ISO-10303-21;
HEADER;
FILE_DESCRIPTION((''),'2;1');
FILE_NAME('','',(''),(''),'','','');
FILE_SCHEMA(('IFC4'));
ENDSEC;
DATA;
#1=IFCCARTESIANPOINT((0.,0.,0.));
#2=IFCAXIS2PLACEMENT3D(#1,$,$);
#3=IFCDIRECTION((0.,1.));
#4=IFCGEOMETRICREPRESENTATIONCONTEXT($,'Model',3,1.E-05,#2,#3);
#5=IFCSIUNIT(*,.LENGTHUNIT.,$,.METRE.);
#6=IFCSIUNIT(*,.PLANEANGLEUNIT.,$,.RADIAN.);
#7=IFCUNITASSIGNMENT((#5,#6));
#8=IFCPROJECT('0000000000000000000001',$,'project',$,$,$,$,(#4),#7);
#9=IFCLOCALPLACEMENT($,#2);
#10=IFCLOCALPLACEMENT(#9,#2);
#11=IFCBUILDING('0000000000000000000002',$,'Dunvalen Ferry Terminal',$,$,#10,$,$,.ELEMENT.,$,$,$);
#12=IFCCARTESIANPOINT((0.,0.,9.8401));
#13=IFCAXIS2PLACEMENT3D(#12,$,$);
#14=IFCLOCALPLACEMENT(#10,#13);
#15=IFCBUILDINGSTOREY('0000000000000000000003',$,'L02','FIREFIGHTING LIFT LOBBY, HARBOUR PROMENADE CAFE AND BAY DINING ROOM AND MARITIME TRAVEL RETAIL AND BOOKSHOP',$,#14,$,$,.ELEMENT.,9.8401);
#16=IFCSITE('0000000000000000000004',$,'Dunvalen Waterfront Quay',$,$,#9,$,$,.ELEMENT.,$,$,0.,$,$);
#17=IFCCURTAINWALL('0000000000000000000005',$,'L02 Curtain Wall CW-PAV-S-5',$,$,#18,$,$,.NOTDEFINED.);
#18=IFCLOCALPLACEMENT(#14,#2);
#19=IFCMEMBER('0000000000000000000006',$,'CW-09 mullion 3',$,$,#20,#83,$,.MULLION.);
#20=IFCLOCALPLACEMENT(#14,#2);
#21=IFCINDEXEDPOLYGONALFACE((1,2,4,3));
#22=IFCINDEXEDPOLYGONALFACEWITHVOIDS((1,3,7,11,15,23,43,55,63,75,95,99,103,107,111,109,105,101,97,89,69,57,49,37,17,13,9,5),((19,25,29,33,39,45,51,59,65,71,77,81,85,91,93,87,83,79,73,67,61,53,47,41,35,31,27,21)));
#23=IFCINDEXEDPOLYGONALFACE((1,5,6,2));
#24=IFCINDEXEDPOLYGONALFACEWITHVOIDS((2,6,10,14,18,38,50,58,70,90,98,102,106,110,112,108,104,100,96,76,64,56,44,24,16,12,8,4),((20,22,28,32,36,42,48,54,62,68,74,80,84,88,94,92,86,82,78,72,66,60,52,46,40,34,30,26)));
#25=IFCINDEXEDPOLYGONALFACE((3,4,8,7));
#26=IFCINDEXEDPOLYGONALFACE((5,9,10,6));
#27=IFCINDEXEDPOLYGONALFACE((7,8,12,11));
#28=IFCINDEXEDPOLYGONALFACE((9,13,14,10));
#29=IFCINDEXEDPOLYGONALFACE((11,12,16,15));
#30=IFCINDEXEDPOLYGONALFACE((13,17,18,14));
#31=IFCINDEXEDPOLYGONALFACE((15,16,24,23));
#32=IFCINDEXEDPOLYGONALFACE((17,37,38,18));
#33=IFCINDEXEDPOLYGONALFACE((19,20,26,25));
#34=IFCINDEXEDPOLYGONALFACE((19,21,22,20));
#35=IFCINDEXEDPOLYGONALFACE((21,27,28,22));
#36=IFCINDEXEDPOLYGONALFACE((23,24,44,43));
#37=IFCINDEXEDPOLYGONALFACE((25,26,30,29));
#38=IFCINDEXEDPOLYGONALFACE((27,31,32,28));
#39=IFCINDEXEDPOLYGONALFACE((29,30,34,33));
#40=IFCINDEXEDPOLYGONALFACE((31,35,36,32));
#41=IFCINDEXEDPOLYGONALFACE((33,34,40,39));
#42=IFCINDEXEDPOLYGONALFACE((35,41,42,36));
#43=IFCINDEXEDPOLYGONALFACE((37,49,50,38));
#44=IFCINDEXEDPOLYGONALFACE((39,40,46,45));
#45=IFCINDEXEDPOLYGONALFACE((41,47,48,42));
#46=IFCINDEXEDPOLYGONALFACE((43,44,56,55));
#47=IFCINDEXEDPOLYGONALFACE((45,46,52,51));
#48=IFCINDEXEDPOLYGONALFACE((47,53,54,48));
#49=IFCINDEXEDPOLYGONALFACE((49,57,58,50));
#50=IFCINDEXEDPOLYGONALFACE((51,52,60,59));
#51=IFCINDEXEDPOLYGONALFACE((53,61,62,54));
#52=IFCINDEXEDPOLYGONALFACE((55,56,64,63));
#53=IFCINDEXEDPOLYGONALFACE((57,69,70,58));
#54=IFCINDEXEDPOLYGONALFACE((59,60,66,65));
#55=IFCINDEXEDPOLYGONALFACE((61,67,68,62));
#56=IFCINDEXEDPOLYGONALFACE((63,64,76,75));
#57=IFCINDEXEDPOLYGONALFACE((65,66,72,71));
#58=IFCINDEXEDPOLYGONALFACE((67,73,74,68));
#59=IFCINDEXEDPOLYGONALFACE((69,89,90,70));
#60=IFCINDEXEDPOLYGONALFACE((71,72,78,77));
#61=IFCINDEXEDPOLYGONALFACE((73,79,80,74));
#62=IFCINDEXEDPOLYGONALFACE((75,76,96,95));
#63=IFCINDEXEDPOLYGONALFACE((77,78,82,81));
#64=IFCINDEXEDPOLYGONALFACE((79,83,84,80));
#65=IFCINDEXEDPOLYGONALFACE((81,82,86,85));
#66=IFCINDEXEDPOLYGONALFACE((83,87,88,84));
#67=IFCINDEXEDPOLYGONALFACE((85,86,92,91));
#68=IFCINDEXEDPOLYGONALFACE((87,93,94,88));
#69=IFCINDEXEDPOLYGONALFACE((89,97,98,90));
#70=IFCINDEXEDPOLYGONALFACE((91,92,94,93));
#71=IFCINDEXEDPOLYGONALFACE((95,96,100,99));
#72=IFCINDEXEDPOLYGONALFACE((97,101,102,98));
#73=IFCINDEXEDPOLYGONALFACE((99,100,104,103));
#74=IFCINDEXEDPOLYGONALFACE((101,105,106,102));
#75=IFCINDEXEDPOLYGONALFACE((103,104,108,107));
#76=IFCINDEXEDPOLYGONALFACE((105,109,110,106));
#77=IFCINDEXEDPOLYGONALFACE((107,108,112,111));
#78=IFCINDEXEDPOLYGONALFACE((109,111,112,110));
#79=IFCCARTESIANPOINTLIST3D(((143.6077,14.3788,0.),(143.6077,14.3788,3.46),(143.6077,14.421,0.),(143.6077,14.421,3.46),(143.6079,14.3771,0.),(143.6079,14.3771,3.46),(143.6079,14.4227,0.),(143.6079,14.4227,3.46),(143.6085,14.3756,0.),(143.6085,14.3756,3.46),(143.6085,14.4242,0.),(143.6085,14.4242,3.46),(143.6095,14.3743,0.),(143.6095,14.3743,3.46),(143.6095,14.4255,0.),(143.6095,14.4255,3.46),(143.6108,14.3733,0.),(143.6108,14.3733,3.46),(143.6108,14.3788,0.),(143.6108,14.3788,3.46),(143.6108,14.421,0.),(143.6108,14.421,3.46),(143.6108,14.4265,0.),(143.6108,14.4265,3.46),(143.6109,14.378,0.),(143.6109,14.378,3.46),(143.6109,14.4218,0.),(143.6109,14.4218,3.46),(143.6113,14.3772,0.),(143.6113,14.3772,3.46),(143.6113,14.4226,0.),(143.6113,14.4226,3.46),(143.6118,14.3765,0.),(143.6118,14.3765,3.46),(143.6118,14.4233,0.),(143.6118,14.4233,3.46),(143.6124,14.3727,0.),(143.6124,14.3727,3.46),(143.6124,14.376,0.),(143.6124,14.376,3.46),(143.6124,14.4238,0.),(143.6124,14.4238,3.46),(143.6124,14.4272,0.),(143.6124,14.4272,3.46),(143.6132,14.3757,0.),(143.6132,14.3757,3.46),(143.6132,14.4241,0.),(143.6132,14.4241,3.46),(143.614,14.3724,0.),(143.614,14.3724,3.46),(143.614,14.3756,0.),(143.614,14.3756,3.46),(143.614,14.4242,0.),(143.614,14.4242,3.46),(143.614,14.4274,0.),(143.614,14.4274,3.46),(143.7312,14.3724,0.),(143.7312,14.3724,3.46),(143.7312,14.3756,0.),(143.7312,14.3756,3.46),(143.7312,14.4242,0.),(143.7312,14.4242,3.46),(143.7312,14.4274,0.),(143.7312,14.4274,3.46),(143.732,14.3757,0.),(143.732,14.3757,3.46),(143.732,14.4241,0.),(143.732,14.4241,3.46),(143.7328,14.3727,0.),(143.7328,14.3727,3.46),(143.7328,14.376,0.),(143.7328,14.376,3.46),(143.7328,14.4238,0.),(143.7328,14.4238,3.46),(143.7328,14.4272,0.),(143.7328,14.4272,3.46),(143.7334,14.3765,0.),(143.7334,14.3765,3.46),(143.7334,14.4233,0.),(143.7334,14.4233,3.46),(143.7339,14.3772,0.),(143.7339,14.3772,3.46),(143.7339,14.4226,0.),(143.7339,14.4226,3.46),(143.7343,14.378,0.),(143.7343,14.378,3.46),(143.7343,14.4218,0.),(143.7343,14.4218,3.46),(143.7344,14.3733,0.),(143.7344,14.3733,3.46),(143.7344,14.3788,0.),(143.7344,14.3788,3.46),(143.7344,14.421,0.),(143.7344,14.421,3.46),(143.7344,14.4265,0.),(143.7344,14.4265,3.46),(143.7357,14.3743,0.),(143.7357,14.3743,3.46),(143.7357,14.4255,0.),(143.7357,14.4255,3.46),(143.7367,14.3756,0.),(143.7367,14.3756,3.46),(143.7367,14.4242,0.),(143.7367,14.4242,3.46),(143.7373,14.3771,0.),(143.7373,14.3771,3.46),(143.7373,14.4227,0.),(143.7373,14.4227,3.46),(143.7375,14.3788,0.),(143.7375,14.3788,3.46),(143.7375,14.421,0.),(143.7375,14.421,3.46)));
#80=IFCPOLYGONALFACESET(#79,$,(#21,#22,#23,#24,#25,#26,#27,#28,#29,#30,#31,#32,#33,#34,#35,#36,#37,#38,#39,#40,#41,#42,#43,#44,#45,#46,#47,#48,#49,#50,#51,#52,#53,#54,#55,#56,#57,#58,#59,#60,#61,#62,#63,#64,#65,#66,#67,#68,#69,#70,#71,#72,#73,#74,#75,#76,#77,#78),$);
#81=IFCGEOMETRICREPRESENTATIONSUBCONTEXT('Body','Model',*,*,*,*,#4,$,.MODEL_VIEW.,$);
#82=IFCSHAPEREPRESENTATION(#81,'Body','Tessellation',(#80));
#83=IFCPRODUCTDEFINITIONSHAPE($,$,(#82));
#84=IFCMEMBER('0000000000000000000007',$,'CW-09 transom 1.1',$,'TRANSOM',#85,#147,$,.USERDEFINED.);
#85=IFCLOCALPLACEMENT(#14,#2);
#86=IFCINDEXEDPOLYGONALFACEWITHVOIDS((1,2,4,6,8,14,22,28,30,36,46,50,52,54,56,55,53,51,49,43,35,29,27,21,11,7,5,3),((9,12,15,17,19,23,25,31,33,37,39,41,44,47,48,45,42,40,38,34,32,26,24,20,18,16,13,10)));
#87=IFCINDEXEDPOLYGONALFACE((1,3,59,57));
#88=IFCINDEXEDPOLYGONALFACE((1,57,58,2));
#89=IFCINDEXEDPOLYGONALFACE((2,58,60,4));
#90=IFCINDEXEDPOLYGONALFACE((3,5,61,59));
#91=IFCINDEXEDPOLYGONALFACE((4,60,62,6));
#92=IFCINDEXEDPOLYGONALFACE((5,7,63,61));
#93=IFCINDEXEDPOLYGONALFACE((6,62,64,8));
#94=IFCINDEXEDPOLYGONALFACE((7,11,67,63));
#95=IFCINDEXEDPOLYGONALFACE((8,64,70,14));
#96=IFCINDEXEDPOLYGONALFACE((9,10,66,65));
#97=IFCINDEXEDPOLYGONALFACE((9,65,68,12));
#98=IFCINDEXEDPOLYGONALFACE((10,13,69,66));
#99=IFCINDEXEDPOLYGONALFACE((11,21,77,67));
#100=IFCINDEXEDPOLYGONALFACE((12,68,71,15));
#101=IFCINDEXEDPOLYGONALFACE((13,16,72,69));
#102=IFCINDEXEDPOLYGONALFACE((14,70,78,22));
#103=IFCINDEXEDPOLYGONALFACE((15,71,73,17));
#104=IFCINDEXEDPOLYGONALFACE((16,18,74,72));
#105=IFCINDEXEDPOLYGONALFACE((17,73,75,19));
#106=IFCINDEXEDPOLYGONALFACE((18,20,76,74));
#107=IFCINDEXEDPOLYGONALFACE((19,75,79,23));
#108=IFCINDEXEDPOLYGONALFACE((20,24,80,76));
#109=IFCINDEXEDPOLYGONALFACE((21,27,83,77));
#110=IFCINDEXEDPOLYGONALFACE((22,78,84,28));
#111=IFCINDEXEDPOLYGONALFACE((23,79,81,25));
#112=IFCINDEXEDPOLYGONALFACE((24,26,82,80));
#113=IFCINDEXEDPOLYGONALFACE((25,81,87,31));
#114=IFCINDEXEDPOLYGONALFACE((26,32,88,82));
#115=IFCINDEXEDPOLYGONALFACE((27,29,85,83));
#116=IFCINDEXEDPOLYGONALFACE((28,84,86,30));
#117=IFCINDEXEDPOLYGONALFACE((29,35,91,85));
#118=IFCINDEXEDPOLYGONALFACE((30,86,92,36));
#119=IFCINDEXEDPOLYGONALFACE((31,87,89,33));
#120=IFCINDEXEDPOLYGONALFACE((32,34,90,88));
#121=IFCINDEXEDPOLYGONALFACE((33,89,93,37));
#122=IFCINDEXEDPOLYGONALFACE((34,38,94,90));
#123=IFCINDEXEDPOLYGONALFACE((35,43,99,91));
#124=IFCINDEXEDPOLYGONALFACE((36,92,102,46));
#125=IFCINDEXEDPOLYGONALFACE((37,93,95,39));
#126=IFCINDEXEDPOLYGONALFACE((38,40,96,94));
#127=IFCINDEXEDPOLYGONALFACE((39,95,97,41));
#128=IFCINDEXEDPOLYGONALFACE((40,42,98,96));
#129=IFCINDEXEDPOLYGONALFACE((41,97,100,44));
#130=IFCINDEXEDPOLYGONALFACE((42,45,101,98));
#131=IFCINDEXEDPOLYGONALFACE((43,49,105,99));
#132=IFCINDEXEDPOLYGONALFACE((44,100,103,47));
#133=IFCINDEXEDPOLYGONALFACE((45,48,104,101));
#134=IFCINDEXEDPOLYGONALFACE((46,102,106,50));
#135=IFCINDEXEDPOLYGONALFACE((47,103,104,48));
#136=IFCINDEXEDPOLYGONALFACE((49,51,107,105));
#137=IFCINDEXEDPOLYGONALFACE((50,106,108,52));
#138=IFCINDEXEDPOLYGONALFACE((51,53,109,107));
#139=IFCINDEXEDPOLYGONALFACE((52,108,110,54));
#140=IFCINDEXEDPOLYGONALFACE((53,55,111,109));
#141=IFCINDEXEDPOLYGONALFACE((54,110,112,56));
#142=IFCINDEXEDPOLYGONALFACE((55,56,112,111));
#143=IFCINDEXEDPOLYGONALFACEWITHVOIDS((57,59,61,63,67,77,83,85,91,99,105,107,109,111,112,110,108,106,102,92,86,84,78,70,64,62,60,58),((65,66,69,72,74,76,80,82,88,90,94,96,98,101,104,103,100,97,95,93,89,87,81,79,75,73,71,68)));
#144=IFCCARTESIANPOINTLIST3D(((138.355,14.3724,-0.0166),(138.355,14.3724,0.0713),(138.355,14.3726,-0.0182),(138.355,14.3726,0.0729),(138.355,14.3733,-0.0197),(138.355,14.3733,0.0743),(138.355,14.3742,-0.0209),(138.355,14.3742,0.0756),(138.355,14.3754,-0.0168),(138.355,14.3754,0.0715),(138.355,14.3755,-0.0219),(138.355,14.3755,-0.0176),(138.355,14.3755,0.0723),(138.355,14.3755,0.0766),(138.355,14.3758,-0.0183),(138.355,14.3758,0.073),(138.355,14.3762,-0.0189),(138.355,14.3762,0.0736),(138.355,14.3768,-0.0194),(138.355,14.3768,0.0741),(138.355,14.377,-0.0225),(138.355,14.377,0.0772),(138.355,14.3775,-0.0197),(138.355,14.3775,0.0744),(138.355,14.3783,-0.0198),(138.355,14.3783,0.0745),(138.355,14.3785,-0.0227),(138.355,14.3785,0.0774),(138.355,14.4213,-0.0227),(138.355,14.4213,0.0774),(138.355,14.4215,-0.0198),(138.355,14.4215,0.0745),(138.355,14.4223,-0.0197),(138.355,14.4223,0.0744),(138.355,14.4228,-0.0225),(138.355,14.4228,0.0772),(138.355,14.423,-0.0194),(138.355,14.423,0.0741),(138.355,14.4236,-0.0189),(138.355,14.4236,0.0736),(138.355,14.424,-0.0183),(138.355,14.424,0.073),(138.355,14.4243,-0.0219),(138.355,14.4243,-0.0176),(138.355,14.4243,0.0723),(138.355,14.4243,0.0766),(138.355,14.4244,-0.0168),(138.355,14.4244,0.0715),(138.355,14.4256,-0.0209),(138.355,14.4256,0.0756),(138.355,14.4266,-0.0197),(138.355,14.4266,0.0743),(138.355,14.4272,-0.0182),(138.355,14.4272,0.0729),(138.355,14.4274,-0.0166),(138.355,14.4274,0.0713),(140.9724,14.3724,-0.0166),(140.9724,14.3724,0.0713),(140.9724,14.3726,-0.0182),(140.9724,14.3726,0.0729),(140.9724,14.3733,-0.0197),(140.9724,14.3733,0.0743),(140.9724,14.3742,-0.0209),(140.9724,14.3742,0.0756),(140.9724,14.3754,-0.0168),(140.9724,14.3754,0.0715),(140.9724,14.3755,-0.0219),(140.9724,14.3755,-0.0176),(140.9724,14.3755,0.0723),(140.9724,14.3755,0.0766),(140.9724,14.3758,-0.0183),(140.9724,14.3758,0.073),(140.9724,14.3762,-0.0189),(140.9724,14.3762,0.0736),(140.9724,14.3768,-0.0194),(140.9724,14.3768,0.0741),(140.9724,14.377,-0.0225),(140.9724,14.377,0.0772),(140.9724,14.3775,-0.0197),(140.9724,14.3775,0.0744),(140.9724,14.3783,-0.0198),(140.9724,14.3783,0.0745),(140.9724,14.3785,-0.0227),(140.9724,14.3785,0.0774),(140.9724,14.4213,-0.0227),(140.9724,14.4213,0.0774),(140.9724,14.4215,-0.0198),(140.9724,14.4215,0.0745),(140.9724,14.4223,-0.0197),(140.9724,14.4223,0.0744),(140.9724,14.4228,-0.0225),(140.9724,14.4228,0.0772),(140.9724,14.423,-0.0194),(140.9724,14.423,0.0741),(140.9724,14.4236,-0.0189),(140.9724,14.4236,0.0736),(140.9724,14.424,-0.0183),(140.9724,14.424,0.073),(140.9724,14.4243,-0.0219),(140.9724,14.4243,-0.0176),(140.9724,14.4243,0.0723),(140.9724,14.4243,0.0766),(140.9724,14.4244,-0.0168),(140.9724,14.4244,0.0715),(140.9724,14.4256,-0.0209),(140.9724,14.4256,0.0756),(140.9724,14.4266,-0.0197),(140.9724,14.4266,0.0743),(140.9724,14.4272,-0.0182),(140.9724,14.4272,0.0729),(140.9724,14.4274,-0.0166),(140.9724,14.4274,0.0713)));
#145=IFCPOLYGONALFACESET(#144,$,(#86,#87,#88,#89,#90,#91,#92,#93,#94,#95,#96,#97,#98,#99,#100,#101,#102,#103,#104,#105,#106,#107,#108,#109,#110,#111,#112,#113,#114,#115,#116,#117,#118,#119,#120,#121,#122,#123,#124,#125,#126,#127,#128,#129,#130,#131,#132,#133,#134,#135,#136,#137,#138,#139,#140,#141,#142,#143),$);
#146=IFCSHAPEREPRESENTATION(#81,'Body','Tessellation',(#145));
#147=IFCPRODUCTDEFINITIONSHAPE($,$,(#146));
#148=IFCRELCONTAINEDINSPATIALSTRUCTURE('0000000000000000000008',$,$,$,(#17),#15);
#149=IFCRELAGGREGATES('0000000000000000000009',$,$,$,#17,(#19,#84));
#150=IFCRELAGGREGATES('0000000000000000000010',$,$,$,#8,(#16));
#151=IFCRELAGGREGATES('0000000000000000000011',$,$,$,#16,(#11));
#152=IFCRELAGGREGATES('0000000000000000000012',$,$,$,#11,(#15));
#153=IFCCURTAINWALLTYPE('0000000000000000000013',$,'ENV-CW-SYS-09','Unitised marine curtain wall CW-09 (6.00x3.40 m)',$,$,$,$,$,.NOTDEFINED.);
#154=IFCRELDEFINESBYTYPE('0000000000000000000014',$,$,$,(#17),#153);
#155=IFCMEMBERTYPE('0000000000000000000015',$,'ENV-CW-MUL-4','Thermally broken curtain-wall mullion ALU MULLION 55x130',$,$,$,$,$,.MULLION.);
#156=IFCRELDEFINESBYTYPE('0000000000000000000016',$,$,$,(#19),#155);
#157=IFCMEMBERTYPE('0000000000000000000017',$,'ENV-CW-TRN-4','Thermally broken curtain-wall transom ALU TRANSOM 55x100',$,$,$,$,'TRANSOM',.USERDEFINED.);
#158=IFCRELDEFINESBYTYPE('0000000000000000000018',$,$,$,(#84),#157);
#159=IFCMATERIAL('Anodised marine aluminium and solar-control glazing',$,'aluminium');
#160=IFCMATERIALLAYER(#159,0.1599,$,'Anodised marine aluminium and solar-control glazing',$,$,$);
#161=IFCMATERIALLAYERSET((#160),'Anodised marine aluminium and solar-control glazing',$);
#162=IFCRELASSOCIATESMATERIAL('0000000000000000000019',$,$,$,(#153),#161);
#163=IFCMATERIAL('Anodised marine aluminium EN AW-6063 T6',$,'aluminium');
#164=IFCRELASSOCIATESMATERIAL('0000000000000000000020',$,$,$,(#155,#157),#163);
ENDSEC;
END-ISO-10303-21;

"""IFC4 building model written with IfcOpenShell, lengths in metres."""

from ifc_helpers import new_model, si_unit, direction, frame, origin, origin_2d, place, context, subcontext, project, spatial, hollow_rectangle, extrude, material, layer, layer_set, material_profile, profile_set, type_object, element, aggregate, save


model = new_model("IFC4")

# Units and contexts
model_context = context("Model", 3, precision=1e-05, world=origin(), true_north=direction((0.0, 1.0)))
body_context = subcontext(model_context, "Body", "Model", "MODEL_VIEW")
ifc_project = project(units=[si_unit("LENGTHUNIT", "METRE"), si_unit("PLANEANGLEUNIT", "RADIAN")], contexts=[model_context])

# Site, building, storey
site_placement = place(None, origin())
site = spatial("IfcSite", under=ifc_project, at=site_placement, Name="Dunvalen Waterfront Quay", CompositionType="ELEMENT", RefElevation=0.0)
building_placement = place(site_placement, origin())
building = spatial("IfcBuilding", under=site, at=building_placement, Name="Dunvalen Ferry Terminal", CompositionType="ELEMENT")
storey_placement = place(building_placement, frame((0.0, 0.0, 9.8401)))
storey = spatial("IfcBuildingStorey", under=building, at=storey_placement, Name="L02", Description="FIREFIGHTING LIFT LOBBY, HARBOUR PROMENADE CAFE AND BAY DINING ROOM AND MARITIME TRAVEL RETAIL AND BOOKSHOP", CompositionType="ELEMENT", Elevation=9.8401)

# Curtain wall, members
ifc_material_1 = material(Name="Anodised marine aluminium and solar-control glazing", Category="aluminium")
ifc_layer_1 = layer(ifc_material_1, 0.1599, Name="Anodised marine aluminium and solar-control glazing")
ifc_layer_set_1 = layer_set([ifc_layer_1], Name="Anodised marine aluminium and solar-control glazing")
curtain_wall_type = type_object("IfcCurtainWallType", Name="ENV-CW-SYS-09", Description="Unitised marine curtain wall CW-09 (6.00x3.40 m)", PredefinedType="NOTDEFINED", material=ifc_layer_set_1)
curtain_wall_placement = place(storey_placement, origin())
curtain_wall = element("IfcCurtainWall", 1, at=curtain_wall_placement, inside=storey, type_object=curtain_wall_type, Name="L02 Curtain Wall CW-PAV-S-5", PredefinedType="NOTDEFINED")
ifc_material_2 = material(Name="Anodised marine aluminium EN AW-6063 T6", Category="aluminium")
ifc_material_profile_1 = material_profile(ifc_material_2, hollow_rectangle(XDim=0.0549, YDim=0.1299, WallThickness=0.0032, InnerFilletRadius=0.0032, OuterFilletRadius=0.0063, at=origin_2d()), Name="Anodised marine aluminium EN AW-6063 T6")
ifc_profile_set_1 = profile_set([ifc_material_profile_1], Name="Anodised marine aluminium EN AW-6063 T6")
member_type_1 = type_object("IfcMemberType", Name="ENV-CW-MUL-4", Description="Thermally broken curtain-wall mullion ALU MULLION 55x130", PredefinedType="MULLION", material=ifc_profile_set_1)
member_1_placement = place(storey_placement, frame((143.6726, 14.3999, 0.0), z_axis=(0.0, 0.0, 1.0), x_axis=(0.0, 1.0, 0.0)))
member_1 = element("IfcMember", 2, at=member_1_placement, type_object=member_type_1, Name="CW-09 mullion 3", PredefinedType="MULLION", context=body_context, shape_type="SweptSolid", body=[
    extrude(hollow_rectangle(XDim=0.0549, YDim=0.1299, WallThickness=0.0032, InnerFilletRadius=0.0032, OuterFilletRadius=0.0063, at=origin_2d()), origin(), (0.0, 0.0, 1.0), 3.46),
])
ifc_material_profile_2 = material_profile(ifc_material_2, hollow_rectangle(XDim=0.0549, YDim=0.1001, WallThickness=0.0029, InnerFilletRadius=0.0029, OuterFilletRadius=0.0061, at=origin_2d()), Name="Anodised marine aluminium EN AW-6063 T6")
ifc_profile_set_2 = profile_set([ifc_material_profile_2], Name="Anodised marine aluminium EN AW-6063 T6")
member_type_2 = type_object("IfcMemberType", Name="ENV-CW-TRN-4", Description="Thermally broken curtain-wall transom ALU TRANSOM 55x100", ElementType="TRANSOM", PredefinedType="USERDEFINED", material=ifc_profile_set_2)
member_2_placement = place(storey_placement, frame((138.355, 14.3999, 0.0273), z_axis=(1.0, 0.0, 0.0), x_axis=(0.0, 1.0, 0.0)))
member_2 = element("IfcMember", 3, at=member_2_placement, type_object=member_type_2, Name="CW-09 transom 1.1", ObjectType="TRANSOM", PredefinedType="USERDEFINED", context=body_context, shape_type="SweptSolid", body=[
    extrude(hollow_rectangle(XDim=0.0549, YDim=0.1001, WallThickness=0.0029, InnerFilletRadius=0.0029, OuterFilletRadius=0.0061, at=origin_2d()), origin(), (0.0, 0.0, 1.0), 2.6174),
])

aggregate(curtain_wall, [member_1, member_2])

save(model, "model.ifc")
